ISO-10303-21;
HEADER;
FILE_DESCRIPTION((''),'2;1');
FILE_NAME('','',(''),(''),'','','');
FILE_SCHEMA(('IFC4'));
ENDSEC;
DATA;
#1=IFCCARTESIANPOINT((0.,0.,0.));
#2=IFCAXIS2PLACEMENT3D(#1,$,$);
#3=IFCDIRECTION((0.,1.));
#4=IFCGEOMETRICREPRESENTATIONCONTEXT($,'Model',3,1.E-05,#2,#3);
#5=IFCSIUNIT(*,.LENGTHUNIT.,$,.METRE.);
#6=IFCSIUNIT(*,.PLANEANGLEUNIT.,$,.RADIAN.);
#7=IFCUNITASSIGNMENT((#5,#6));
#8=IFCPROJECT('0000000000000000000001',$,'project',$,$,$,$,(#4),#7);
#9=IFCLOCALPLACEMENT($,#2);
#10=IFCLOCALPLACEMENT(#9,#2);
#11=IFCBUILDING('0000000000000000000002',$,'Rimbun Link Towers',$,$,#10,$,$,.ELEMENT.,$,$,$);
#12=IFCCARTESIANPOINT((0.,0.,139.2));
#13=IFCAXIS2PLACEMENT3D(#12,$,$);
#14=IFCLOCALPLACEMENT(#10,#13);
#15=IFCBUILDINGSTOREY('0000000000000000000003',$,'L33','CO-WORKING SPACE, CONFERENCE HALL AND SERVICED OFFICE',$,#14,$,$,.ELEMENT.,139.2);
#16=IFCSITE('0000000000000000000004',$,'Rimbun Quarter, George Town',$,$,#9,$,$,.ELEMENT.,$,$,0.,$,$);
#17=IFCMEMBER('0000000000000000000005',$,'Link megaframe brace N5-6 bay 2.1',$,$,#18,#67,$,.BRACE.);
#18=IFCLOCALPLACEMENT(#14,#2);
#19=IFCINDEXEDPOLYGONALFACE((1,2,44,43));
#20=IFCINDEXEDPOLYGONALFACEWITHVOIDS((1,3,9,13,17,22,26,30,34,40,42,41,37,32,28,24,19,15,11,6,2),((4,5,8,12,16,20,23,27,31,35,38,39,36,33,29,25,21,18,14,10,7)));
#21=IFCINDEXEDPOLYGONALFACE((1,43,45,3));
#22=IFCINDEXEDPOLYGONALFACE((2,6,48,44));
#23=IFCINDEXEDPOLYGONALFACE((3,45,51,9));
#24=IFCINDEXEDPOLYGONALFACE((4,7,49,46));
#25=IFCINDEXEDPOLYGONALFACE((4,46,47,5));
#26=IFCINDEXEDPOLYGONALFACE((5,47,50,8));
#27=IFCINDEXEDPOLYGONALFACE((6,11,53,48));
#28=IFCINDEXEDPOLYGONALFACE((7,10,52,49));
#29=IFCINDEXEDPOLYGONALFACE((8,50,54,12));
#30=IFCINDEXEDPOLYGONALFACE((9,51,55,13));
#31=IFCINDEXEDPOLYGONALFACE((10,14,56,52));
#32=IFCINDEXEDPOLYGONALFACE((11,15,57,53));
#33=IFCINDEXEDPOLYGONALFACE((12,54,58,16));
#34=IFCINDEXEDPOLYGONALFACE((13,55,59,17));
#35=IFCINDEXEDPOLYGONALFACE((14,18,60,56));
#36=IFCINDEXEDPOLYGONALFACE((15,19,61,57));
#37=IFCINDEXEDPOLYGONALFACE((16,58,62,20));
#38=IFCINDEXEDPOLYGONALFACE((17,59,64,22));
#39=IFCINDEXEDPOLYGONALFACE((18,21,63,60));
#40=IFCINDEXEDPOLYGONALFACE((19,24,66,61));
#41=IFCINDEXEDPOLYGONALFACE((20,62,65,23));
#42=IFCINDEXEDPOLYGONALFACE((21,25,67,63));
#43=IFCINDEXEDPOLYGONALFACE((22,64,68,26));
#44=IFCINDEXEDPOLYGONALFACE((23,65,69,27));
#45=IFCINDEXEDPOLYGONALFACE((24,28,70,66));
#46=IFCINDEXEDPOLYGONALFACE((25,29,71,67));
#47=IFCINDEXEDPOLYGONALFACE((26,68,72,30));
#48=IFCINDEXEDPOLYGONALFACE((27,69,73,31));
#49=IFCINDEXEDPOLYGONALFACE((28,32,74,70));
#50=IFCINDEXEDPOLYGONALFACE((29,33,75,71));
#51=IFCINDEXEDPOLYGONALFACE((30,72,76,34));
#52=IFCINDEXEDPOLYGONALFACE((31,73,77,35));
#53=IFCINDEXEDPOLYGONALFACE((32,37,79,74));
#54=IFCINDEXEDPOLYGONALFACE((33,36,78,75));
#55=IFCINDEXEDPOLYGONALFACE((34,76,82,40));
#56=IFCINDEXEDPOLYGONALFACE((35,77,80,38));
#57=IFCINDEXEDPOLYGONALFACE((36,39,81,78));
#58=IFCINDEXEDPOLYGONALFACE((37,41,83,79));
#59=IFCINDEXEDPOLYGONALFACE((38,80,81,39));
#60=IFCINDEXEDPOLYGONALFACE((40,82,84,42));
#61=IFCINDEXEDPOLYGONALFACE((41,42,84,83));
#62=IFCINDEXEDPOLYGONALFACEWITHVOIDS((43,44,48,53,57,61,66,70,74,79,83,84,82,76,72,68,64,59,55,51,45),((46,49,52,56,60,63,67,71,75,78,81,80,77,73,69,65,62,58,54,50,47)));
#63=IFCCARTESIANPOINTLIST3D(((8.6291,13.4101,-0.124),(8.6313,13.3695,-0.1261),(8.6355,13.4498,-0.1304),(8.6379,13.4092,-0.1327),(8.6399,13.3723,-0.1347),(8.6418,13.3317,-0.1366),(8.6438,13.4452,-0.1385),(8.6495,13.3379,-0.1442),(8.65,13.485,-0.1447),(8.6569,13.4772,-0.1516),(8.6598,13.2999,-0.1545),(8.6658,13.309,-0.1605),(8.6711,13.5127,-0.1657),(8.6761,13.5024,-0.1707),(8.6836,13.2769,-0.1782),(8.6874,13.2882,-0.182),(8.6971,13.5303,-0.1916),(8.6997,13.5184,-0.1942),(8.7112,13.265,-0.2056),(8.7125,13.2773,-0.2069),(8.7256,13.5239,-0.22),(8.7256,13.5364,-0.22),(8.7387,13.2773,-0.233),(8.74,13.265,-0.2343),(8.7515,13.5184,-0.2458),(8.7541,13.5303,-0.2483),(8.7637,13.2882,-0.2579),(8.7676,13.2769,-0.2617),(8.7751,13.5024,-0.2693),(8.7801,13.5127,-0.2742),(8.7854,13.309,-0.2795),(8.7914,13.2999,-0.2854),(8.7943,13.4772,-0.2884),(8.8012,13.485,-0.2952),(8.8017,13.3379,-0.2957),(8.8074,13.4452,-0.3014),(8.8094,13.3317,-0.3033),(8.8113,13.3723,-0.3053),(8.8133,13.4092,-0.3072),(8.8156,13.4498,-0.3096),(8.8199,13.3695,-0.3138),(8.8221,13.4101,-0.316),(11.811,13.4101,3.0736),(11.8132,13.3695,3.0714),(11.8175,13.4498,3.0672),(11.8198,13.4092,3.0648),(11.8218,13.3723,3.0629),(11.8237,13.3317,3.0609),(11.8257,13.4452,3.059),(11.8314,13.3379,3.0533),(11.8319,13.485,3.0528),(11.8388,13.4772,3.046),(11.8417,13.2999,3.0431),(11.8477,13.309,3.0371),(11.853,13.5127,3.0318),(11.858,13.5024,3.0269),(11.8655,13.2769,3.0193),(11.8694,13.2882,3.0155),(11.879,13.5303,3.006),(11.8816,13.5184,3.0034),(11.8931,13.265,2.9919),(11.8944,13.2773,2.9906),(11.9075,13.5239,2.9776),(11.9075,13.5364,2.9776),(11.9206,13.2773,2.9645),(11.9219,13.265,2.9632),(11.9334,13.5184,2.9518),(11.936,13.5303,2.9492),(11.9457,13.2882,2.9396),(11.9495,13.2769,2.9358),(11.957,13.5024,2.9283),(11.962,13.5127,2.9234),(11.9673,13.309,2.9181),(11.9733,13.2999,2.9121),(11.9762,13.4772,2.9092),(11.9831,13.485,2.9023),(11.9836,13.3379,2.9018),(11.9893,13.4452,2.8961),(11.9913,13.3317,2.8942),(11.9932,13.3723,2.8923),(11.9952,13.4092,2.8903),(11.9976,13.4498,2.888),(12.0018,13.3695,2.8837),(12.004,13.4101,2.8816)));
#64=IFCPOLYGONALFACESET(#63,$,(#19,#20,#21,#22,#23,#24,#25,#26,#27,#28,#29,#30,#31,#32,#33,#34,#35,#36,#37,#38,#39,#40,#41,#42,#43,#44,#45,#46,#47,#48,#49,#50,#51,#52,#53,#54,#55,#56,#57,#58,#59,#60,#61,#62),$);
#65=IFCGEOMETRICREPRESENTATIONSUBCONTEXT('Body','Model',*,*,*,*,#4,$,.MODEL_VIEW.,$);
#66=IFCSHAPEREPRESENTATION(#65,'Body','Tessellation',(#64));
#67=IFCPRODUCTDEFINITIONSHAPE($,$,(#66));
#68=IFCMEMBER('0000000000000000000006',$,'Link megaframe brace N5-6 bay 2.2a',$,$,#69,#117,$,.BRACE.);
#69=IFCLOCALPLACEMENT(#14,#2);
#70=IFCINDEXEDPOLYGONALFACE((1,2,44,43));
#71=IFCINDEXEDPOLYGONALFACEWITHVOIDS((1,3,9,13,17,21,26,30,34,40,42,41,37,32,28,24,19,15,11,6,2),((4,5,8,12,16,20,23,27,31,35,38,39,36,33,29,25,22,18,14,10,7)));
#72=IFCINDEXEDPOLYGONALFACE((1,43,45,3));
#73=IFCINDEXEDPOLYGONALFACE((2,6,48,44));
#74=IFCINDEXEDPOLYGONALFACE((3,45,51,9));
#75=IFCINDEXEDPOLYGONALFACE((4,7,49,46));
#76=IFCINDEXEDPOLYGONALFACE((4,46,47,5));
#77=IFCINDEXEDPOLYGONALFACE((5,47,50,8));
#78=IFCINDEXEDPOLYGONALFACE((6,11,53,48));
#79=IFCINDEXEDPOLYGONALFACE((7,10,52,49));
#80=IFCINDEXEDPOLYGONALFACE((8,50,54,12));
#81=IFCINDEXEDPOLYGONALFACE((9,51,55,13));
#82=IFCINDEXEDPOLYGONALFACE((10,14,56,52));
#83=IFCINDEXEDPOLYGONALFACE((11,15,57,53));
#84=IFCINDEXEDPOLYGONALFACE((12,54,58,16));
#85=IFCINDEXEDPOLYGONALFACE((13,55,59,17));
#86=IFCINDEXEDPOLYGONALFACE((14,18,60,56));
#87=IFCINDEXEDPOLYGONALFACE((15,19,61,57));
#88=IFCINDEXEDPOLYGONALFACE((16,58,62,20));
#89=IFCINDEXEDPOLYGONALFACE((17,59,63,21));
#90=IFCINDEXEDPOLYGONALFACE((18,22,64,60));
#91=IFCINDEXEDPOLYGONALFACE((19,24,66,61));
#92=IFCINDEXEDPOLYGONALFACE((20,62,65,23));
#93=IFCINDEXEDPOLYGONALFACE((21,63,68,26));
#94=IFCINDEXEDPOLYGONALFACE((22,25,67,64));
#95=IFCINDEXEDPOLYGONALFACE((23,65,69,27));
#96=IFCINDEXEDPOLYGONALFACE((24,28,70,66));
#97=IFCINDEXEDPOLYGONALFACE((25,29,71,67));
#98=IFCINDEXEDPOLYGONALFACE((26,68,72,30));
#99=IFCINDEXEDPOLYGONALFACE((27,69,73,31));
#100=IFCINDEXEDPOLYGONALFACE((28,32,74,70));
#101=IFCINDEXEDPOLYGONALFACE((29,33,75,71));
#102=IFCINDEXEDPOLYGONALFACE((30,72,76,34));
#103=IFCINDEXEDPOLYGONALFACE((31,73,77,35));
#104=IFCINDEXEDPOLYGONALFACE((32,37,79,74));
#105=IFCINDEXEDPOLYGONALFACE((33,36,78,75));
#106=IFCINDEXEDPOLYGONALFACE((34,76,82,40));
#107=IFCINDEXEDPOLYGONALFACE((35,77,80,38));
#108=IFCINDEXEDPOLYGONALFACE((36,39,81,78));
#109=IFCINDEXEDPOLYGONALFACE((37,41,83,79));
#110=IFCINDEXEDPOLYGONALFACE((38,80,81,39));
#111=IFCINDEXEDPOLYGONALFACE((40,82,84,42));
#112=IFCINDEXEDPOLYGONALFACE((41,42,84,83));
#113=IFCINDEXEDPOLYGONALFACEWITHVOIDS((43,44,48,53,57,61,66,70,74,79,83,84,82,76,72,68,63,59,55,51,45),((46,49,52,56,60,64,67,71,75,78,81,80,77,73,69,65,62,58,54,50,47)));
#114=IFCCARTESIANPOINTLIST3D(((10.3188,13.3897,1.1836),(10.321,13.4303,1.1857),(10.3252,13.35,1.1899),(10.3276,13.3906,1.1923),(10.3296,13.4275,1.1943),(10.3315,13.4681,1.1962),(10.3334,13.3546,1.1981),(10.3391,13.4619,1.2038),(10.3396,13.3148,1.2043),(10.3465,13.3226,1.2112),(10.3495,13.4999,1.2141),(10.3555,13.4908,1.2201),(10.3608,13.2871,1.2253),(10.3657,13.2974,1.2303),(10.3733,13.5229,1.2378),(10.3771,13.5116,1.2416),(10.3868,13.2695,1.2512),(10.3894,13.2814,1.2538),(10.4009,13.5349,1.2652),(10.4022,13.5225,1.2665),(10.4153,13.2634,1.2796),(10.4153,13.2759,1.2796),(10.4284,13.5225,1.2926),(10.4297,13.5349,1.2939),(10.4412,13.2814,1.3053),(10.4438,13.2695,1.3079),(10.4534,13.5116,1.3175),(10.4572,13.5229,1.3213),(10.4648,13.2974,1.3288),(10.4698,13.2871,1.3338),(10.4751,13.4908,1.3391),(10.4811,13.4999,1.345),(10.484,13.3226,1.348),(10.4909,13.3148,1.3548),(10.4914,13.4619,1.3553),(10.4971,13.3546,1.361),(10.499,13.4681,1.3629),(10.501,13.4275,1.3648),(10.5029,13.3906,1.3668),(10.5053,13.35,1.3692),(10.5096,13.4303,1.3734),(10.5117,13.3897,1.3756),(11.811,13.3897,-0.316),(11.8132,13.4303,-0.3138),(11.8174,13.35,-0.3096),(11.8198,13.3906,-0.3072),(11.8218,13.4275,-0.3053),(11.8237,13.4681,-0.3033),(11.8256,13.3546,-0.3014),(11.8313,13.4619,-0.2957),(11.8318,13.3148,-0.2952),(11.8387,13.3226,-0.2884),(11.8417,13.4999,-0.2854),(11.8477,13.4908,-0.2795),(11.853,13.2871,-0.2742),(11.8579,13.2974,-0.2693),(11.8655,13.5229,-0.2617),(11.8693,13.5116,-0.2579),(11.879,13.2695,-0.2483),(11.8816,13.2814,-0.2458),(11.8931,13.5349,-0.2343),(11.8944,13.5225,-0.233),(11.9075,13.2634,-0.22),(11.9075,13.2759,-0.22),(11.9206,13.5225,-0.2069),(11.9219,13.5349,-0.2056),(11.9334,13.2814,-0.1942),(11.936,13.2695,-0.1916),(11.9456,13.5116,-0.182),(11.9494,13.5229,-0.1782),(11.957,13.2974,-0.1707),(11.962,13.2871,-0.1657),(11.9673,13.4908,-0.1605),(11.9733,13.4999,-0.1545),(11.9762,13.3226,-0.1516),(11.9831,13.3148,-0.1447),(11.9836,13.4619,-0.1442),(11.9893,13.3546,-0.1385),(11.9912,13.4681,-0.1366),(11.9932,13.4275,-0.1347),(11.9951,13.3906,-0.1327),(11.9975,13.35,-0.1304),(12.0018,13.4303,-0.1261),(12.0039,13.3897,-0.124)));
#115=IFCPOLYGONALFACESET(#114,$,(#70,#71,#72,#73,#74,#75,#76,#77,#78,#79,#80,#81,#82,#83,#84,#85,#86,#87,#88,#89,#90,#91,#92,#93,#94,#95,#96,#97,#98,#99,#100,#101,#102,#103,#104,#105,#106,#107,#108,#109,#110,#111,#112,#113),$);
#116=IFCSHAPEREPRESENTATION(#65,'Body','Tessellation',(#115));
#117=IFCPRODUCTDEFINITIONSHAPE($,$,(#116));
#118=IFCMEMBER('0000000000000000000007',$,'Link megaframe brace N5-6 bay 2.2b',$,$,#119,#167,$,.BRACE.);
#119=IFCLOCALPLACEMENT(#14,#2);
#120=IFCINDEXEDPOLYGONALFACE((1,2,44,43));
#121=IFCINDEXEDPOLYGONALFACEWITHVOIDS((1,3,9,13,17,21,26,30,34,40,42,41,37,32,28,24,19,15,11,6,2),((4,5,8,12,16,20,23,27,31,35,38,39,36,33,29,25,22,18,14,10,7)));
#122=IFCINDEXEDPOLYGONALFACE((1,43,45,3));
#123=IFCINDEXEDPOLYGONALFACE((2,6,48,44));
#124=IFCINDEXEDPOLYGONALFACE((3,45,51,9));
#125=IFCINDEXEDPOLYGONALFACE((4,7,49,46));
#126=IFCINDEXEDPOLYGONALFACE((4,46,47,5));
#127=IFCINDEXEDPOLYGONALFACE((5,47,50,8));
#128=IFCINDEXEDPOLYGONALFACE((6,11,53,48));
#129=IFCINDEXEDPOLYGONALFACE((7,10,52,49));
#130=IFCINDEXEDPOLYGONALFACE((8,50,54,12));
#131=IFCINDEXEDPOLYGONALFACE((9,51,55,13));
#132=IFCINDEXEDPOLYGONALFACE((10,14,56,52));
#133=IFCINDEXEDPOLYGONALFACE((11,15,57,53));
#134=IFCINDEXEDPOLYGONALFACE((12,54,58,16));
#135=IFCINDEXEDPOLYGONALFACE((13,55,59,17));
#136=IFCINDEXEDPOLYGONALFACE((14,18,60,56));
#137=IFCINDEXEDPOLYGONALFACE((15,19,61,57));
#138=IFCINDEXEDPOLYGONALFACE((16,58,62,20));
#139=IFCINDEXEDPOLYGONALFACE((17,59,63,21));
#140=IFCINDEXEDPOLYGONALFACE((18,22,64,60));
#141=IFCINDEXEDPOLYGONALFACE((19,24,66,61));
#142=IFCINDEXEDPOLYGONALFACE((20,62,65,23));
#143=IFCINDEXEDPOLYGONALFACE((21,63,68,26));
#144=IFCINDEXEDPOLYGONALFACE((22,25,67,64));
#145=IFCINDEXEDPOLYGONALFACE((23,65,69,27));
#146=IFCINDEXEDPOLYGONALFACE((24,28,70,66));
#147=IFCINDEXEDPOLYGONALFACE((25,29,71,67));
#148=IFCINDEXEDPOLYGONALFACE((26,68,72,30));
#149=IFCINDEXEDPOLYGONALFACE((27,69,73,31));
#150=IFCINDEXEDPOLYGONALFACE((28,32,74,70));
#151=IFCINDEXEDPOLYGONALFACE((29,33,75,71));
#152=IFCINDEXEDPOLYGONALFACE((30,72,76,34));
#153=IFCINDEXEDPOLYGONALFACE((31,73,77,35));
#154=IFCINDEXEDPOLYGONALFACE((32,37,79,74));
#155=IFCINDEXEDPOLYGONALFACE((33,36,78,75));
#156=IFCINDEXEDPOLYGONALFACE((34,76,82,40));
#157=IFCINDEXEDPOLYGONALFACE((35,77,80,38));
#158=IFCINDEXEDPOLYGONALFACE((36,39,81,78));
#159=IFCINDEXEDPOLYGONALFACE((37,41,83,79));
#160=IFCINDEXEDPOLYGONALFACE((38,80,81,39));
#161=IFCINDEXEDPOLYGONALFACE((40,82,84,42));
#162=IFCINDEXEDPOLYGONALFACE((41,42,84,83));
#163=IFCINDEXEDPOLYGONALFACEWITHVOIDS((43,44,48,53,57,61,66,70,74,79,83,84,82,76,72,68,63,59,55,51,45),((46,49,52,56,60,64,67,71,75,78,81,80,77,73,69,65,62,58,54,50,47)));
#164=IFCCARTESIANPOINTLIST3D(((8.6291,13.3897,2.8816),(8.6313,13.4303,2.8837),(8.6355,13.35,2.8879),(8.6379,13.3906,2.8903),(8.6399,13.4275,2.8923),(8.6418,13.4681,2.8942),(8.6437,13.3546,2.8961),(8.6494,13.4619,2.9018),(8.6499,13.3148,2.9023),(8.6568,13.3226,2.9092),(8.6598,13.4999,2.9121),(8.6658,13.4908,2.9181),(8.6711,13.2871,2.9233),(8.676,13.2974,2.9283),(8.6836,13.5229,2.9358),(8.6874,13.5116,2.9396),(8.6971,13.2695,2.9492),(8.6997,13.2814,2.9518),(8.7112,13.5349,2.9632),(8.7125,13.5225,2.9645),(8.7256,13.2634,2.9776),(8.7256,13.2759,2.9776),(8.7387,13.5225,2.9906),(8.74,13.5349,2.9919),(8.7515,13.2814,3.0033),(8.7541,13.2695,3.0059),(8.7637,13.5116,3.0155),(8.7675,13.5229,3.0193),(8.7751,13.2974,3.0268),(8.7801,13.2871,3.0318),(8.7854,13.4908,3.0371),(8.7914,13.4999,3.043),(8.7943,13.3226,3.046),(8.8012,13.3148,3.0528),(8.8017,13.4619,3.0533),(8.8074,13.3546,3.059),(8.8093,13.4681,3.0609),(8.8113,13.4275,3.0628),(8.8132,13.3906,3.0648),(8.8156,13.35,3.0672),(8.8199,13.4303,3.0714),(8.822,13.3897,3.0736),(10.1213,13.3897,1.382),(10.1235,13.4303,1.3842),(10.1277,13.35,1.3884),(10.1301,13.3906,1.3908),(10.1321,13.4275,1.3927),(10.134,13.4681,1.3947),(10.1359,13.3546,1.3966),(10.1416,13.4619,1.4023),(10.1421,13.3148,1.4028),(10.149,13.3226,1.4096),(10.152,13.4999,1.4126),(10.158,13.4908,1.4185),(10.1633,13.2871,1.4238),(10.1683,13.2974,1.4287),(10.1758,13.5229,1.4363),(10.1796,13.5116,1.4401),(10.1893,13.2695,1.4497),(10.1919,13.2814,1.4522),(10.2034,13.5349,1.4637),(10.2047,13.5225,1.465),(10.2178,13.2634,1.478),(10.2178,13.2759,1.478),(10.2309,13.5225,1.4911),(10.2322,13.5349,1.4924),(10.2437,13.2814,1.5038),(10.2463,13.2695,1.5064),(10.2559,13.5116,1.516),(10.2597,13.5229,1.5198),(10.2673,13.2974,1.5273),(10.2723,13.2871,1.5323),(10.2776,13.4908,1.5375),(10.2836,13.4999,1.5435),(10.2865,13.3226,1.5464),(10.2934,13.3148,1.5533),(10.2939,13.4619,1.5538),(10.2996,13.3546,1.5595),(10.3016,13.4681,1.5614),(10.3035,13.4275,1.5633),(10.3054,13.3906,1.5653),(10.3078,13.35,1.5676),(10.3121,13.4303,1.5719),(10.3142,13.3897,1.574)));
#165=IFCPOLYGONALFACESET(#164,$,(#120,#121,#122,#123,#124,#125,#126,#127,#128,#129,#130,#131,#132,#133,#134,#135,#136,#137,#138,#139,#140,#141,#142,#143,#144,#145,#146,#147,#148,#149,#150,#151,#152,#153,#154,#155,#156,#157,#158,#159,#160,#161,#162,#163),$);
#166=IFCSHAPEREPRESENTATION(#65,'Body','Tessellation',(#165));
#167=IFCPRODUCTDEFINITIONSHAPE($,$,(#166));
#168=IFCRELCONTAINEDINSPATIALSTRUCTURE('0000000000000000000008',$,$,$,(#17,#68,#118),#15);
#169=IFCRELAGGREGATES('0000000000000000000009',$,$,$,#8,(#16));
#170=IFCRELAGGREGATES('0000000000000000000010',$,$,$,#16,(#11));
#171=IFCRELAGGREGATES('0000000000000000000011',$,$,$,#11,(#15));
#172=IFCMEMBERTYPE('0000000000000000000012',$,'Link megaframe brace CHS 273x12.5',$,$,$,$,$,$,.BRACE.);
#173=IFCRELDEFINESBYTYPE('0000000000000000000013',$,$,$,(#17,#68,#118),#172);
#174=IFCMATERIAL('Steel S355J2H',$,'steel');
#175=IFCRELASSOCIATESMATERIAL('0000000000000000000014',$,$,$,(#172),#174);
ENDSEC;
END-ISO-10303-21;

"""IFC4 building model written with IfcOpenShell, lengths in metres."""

from ifc_helpers import new_model, si_unit, direction, frame, origin, origin_2d, place, context, subcontext, project, spatial, hollow_circle, extrude, material, material_profile, profile_set, type_object, element, save


model = new_model("IFC4")

# Units and contexts
model_context = context("Model", 3, precision=1e-05, world=origin(), true_north=direction((0.0, 1.0)))
body_context = subcontext(model_context, "Body", "Model", "MODEL_VIEW")
ifc_project = project(units=[si_unit("LENGTHUNIT", "METRE"), si_unit("PLANEANGLEUNIT", "RADIAN")], contexts=[model_context])

# Site, building, storey
site_placement = place(None, origin())
site = spatial("IfcSite", under=ifc_project, at=site_placement, Name="Rimbun Quarter, George Town", CompositionType="ELEMENT", RefElevation=0.0)
building_placement = place(site_placement, origin())
building = spatial("IfcBuilding", under=site, at=building_placement, Name="Rimbun Link Towers", CompositionType="ELEMENT")
storey_placement = place(building_placement, frame((0.0, 0.0, 139.2)))
storey = spatial("IfcBuildingStorey", under=building, at=storey_placement, Name="L33", Description="CO-WORKING SPACE, CONFERENCE HALL AND SERVICED OFFICE", CompositionType="ELEMENT", Elevation=139.2)

# Members
ifc_material_1 = material(Name="Steel S355J2H", Category="steel")
ifc_material_profile_1 = material_profile(ifc_material_1, hollow_circle(Radius=0.1365, WallThickness=0.0125, at=origin_2d()), Name="CHS 273x12.5")
ifc_profile_set_1 = profile_set([ifc_material_profile_1], Name="Steel S355J2H")
member_type_1 = type_object("IfcMemberType", Name="Link megaframe brace CHS 273x12.5", PredefinedType="BRACE", material=ifc_profile_set_1)
member_1_placement = place(storey_placement, frame((8.7256, 13.3999, -0.22), z_axis=(0.705373, 0.0, 0.708837), x_axis=(0.0, 1.0, 0.0)))
element("IfcMember", 1, at=member_1_placement, inside=storey, type_object=member_type_1, Name="Link megaframe brace N5-6 bay 2.1", PredefinedType="BRACE", context=body_context, shape_type="SweptSolid", body=[
    extrude(hollow_circle(Radius=0.1365, WallThickness=0.0125, at=origin_2d()), origin(), (0.0, 0.0, 1.0), 4.511),
])
for number, where, z_axis, x_axis, name in (
    (2, (11.9075, 13.3999, -0.22), (-0.705374, 0.0, 0.708836), (0.0, -1.0, 0.0), "Link megaframe brace N5-6 bay 2.2a"),
    (3, (10.2178, 13.3999, 1.478), (-0.705374, 0.0, 0.708836), (0.0, -1.0, 0.0), "Link megaframe brace N5-6 bay 2.2b"),
):
    element("IfcMember", number, at=place(storey_placement, frame(where, z_axis=z_axis, x_axis=x_axis)), inside=storey, type_object=member_type_1, Name=name, PredefinedType="BRACE", context=body_context, shape_type="SweptSolid", body=[
        extrude(hollow_circle(Radius=0.1365, WallThickness=0.0125, at=origin_2d()), origin(), (0.0, 0.0, 1.0), 2.1155),
    ])

save(model, "model.ifc")
